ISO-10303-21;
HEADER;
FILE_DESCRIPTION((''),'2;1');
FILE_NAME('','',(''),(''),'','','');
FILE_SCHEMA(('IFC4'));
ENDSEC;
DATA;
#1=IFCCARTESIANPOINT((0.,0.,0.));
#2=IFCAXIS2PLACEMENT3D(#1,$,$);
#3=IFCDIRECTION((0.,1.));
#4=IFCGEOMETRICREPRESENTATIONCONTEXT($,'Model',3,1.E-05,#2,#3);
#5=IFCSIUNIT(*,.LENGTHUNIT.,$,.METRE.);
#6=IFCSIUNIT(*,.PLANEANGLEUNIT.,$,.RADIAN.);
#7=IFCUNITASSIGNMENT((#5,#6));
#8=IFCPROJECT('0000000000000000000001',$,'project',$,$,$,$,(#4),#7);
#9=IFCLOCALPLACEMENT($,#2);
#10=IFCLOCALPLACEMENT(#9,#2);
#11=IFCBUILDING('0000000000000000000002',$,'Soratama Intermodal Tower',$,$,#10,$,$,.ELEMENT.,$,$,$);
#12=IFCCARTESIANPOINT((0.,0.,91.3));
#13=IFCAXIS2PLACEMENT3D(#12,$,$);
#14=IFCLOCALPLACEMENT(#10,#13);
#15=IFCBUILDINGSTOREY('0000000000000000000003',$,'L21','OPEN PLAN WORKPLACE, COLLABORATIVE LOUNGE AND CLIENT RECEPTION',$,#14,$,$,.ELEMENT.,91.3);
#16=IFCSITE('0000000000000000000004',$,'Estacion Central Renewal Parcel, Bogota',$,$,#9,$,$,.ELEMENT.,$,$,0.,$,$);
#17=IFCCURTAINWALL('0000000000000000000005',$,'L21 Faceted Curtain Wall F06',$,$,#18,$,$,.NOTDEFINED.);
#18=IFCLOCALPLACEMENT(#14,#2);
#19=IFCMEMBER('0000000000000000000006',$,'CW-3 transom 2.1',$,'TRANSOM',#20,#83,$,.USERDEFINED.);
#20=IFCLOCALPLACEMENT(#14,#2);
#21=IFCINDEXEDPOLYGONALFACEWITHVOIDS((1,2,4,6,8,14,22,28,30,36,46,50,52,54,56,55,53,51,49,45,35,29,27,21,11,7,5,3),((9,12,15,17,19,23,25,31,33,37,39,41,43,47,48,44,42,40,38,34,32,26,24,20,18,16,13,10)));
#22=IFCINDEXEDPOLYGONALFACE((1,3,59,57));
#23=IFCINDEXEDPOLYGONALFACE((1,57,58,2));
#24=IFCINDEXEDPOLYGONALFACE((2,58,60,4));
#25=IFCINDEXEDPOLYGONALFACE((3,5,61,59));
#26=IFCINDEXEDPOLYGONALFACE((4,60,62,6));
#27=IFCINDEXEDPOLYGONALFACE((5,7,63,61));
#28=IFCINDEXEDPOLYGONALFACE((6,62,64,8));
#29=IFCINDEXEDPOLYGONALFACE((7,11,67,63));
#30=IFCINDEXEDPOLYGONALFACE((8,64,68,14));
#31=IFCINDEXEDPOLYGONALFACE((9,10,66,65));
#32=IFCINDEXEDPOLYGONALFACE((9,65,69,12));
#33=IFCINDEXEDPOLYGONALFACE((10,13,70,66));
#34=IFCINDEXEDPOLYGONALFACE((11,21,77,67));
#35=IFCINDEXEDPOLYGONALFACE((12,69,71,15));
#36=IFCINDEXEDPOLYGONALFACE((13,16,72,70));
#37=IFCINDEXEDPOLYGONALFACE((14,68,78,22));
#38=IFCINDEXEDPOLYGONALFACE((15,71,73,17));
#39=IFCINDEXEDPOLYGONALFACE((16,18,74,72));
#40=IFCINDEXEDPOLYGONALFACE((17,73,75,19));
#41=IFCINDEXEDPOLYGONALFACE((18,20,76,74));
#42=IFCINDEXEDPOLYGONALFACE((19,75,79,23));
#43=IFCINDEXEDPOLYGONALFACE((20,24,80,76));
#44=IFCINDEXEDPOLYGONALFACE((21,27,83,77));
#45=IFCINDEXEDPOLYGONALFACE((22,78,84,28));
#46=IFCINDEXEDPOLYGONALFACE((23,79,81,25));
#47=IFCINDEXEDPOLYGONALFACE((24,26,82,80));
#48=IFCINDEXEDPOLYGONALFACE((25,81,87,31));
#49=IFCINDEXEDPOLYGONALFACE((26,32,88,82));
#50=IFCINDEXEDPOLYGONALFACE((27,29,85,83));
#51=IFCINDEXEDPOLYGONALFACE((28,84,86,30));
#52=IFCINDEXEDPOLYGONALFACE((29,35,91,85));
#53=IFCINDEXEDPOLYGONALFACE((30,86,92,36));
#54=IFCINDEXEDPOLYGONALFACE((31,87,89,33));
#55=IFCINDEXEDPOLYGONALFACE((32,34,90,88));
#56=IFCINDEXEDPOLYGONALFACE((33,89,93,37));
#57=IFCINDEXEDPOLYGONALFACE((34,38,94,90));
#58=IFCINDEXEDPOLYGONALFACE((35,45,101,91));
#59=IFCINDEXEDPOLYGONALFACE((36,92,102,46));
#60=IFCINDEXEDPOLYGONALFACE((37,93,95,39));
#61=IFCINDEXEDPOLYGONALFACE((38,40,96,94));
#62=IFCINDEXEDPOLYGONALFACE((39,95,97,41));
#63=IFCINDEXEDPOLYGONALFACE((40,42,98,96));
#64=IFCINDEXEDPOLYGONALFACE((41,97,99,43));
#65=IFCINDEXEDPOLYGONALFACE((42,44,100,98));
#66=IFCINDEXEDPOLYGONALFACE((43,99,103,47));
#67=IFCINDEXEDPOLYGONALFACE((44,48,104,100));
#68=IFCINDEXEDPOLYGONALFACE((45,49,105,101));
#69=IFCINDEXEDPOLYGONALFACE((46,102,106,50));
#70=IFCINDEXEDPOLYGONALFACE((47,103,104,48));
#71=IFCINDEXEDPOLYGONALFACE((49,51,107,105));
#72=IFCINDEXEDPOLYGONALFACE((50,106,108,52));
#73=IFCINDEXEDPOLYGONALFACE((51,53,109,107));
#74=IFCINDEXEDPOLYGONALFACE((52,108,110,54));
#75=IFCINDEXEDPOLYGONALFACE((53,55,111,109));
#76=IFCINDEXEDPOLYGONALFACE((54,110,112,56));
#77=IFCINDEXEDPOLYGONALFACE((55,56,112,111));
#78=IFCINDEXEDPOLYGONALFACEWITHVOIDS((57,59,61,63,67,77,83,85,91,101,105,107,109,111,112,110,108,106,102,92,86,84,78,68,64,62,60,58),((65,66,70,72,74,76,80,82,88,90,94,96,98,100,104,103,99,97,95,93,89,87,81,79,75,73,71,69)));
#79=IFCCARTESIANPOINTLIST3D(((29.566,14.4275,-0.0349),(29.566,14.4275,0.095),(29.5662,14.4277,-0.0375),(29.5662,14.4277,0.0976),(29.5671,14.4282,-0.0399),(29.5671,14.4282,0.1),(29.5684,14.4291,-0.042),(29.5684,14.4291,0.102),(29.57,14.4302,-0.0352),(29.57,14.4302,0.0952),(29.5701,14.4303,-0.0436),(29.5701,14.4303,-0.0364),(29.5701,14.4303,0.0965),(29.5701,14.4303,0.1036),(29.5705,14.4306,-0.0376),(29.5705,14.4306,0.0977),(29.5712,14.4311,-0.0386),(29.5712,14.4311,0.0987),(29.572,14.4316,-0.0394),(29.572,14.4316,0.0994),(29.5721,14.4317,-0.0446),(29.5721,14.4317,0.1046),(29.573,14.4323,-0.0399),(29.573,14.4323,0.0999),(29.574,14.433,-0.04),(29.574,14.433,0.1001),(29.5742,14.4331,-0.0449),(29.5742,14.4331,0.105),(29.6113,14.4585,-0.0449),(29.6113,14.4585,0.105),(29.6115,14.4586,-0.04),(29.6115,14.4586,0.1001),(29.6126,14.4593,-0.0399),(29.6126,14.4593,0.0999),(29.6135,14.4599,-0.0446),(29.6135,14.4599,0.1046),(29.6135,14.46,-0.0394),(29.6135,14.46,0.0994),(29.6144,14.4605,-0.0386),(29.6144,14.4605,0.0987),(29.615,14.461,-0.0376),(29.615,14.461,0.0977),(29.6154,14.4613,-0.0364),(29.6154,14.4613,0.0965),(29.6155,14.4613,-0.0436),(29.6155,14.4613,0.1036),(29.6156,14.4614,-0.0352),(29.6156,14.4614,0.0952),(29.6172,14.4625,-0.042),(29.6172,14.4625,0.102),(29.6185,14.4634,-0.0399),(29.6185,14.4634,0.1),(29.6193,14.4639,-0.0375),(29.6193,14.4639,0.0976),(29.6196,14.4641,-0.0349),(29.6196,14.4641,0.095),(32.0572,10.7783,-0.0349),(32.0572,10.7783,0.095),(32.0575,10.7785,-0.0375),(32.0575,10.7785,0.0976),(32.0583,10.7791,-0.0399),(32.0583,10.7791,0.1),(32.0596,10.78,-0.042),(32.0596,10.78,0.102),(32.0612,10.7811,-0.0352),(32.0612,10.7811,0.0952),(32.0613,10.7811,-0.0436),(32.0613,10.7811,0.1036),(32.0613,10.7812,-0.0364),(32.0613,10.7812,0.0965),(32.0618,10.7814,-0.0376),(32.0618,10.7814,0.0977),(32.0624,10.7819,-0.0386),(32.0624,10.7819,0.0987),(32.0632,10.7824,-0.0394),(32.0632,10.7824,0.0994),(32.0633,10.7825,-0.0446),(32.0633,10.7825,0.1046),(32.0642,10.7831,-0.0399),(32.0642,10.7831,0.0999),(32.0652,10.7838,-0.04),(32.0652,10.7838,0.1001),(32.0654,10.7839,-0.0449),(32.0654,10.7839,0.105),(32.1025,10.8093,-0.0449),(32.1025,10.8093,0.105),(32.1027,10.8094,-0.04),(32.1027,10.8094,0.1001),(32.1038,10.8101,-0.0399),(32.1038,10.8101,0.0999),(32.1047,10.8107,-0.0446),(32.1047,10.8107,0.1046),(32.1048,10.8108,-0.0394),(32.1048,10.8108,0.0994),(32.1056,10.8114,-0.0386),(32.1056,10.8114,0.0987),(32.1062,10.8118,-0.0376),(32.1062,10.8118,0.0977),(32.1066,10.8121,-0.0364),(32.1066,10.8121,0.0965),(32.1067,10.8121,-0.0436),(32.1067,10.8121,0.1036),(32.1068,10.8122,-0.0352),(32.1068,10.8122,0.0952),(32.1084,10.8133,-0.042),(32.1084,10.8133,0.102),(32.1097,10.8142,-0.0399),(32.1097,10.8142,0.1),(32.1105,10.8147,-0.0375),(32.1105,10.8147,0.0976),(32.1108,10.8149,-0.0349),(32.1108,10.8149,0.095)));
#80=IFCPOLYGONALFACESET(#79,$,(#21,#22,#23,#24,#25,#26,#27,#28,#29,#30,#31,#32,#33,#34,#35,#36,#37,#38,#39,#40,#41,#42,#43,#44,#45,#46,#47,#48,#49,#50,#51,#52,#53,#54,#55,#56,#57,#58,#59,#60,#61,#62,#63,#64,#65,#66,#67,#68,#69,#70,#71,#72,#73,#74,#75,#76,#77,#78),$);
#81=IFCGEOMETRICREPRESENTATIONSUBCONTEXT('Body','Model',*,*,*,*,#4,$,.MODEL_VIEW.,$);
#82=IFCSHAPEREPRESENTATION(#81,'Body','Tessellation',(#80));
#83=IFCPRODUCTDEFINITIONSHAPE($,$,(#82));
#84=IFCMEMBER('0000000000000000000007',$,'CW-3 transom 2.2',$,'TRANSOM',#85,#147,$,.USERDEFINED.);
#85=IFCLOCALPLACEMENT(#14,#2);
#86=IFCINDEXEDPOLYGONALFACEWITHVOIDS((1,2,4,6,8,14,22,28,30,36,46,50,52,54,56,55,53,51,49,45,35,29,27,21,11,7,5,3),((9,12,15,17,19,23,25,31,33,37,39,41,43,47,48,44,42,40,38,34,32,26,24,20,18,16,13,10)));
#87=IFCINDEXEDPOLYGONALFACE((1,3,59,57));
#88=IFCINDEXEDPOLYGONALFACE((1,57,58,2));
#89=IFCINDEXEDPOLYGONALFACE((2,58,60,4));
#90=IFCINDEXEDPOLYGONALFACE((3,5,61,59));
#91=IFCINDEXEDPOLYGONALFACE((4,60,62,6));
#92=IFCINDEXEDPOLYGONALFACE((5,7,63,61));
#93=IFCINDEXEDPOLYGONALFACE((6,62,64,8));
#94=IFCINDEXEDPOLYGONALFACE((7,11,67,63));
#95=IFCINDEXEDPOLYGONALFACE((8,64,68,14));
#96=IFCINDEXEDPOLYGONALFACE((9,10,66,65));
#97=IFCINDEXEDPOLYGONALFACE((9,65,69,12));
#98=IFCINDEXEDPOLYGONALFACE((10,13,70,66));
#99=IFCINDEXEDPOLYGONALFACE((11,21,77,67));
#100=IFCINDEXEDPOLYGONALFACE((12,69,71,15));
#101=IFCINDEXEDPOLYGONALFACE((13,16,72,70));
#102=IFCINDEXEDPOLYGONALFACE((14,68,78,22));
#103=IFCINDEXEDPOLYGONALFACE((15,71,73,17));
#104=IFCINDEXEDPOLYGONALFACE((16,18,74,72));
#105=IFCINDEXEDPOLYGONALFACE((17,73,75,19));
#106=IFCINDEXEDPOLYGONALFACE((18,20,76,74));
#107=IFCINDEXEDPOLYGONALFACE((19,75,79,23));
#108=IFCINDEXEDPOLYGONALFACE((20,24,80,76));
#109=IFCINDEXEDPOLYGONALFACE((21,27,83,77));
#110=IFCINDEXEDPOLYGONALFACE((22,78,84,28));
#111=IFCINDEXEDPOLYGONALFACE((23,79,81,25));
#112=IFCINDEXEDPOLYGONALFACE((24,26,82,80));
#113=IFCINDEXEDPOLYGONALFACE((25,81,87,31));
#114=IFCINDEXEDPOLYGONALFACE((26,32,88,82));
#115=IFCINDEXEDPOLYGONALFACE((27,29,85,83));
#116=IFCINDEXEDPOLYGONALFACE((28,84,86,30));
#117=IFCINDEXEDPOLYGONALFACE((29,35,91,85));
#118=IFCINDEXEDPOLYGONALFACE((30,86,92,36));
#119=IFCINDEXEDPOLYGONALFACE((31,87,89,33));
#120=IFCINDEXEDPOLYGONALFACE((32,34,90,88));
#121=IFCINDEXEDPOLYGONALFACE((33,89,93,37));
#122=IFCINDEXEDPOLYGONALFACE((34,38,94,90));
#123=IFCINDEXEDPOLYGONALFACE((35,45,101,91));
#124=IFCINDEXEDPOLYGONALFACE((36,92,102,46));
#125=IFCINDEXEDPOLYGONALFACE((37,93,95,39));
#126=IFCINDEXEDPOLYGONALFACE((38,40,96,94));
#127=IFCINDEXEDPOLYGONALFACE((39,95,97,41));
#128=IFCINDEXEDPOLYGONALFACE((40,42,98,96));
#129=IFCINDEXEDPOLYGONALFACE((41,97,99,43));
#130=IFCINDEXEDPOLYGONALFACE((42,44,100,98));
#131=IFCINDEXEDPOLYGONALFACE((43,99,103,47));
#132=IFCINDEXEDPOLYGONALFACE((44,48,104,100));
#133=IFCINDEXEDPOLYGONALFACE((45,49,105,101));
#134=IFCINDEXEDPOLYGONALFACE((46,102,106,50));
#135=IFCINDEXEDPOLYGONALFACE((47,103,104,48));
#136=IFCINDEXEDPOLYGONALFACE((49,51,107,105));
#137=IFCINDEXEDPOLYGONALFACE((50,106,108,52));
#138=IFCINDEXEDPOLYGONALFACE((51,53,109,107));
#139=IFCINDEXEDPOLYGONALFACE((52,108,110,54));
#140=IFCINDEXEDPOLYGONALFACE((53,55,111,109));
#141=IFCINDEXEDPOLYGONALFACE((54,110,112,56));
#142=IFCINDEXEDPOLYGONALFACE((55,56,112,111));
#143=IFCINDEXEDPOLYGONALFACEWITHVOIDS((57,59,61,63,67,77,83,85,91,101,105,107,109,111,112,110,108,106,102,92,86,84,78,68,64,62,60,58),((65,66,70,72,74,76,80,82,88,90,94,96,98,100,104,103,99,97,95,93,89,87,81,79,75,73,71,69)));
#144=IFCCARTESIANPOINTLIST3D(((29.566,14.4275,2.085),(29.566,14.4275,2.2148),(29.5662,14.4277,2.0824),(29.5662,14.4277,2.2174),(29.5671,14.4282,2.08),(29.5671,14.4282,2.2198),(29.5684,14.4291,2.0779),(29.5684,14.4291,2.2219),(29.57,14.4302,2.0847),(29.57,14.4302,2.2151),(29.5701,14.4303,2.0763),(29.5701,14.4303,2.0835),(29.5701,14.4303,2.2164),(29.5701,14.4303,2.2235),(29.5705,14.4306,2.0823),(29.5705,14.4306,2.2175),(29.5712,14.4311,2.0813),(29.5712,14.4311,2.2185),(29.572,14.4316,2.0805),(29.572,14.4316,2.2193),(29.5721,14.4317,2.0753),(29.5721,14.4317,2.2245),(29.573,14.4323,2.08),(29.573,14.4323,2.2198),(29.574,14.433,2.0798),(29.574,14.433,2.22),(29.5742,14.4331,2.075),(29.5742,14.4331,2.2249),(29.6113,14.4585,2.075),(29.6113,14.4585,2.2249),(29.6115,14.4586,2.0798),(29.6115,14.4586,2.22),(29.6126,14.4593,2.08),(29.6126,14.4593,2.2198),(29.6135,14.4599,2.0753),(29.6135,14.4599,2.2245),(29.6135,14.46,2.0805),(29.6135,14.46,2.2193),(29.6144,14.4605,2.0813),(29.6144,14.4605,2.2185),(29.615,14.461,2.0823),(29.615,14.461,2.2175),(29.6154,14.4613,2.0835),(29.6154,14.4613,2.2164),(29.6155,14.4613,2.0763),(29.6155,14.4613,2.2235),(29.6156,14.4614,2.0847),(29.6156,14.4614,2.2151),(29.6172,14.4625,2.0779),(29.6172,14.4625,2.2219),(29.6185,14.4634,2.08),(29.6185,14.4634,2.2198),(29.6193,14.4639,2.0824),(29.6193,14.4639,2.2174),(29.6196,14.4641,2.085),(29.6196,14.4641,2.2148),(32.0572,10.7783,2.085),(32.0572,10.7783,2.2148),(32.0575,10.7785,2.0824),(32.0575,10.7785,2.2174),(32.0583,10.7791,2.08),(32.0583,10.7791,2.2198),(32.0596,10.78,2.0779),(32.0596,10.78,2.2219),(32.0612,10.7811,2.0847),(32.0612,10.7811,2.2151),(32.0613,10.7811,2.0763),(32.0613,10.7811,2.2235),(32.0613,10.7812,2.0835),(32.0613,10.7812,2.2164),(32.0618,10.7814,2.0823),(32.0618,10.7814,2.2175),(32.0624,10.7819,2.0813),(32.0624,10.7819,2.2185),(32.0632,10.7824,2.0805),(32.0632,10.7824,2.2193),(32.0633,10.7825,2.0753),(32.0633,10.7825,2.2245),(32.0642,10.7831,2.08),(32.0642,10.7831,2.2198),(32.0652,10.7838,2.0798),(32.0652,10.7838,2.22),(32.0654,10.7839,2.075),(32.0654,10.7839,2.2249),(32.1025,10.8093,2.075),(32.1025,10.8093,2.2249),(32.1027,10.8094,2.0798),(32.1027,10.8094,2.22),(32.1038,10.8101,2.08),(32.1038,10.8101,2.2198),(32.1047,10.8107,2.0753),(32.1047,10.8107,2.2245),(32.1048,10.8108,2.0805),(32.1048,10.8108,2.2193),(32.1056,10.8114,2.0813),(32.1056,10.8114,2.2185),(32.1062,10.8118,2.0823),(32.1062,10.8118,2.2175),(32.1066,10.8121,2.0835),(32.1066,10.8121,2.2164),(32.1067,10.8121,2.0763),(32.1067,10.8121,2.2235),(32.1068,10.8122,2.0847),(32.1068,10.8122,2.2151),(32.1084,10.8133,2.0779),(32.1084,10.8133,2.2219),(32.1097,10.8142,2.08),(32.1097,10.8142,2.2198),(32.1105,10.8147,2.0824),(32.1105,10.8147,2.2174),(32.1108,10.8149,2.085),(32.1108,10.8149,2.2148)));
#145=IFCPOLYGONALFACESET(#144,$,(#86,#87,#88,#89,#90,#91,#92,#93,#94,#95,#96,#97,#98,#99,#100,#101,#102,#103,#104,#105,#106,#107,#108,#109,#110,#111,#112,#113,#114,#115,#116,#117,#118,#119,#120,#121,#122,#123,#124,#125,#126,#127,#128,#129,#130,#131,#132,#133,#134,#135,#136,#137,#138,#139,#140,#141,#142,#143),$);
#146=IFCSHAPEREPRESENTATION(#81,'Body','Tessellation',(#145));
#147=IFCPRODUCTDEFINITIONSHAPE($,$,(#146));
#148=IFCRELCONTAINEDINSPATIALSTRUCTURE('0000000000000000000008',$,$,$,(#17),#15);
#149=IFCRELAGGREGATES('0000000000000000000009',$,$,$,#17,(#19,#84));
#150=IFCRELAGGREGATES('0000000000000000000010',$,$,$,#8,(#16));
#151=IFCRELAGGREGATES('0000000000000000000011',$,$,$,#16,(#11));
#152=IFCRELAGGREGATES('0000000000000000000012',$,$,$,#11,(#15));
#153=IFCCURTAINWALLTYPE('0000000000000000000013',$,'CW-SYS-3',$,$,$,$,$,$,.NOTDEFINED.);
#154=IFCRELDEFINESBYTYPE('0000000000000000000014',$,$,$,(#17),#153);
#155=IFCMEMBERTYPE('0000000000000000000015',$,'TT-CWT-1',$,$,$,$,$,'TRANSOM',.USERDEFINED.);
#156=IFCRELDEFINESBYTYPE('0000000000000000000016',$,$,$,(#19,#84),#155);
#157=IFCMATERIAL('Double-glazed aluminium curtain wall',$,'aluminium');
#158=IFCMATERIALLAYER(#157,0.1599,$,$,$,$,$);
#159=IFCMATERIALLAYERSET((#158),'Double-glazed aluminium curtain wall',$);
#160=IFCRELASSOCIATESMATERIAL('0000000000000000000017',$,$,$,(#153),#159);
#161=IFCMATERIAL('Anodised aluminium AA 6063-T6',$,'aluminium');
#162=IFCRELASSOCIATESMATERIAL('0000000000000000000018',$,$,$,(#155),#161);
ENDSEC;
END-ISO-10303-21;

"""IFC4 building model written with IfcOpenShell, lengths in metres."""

from ifc_helpers import new_model, si_unit, direction, frame, origin, origin_2d, place, context, subcontext, project, spatial, hollow_rectangle, extrude, material, layer, layer_set, material_profile, profile_set, type_object, element, aggregate, save


model = new_model("IFC4")

# Units and contexts
model_context = context("Model", 3, precision=1e-05, world=origin(), true_north=direction((0.0, 1.0)))
body_context = subcontext(model_context, "Body", "Model", "MODEL_VIEW")
ifc_project = project(units=[si_unit("LENGTHUNIT", "METRE"), si_unit("PLANEANGLEUNIT", "RADIAN")], contexts=[model_context])

# Site, building, storey
site_placement = place(None, origin())
site = spatial("IfcSite", under=ifc_project, at=site_placement, Name="Estacion Central Renewal Parcel, Bogota", CompositionType="ELEMENT", RefElevation=0.0)
building_placement = place(site_placement, origin())
building = spatial("IfcBuilding", under=site, at=building_placement, Name="Soratama Intermodal Tower", CompositionType="ELEMENT")
storey_placement = place(building_placement, frame((0.0, 0.0, 91.3)))
storey = spatial("IfcBuildingStorey", under=building, at=storey_placement, Name="L21", Description="OPEN PLAN WORKPLACE, COLLABORATIVE LOUNGE AND CLIENT RECEPTION", CompositionType="ELEMENT", Elevation=91.3)

# Curtain wall, members
ifc_material_1 = material(Name="Double-glazed aluminium curtain wall", Category="aluminium")
ifc_layer_1 = layer(ifc_material_1, 0.1599)
ifc_layer_set_1 = layer_set([ifc_layer_1], Name="Double-glazed aluminium curtain wall")
curtain_wall_type = type_object("IfcCurtainWallType", Name="CW-SYS-3", PredefinedType="NOTDEFINED", material=ifc_layer_set_1)
curtain_wall_placement = place(storey_placement, origin())
curtain_wall = element("IfcCurtainWall", 1, at=curtain_wall_placement, inside=storey, type_object=curtain_wall_type, Name="L21 Faceted Curtain Wall F06", PredefinedType="NOTDEFINED")
ifc_material_2 = material(Name="Anodised aluminium AA 6063-T6", Category="aluminium")
ifc_material_profile_1 = material_profile(ifc_material_2, hollow_rectangle(XDim=0.0649, YDim=0.1499, WallThickness=0.0049, InnerFilletRadius=0.0049, OuterFilletRadius=0.01, at=origin_2d()), Name="CWT150X65X5")
ifc_profile_set_1 = profile_set([ifc_material_profile_1], Name="Anodised aluminium AA 6063-T6")
member_type_1 = type_object("IfcMemberType", Name="TT-CWT-1", ElementType="TRANSOM", PredefinedType="USERDEFINED", material=ifc_profile_set_1)
member_1_placement = place(storey_placement, frame((29.5928, 14.4458, 0.03), z_axis=(0.563822, -0.825896, 0.0), x_axis=(0.825896, 0.563822, 0.0)))
member_1 = element("IfcMember", 2, at=member_1_placement, type_object=member_type_1, Name="CW-3 transom 2.1", ObjectType="TRANSOM", PredefinedType="USERDEFINED", context=body_context, shape_type="SweptSolid", body=[
    extrude(hollow_rectangle(XDim=0.0649, YDim=0.1499, WallThickness=0.0049, InnerFilletRadius=0.0049, OuterFilletRadius=0.01, at=origin_2d()), origin(), (0.0, 0.0, 1.0), 4.4185),
])
member_2_placement = place(storey_placement, frame((29.5928, 14.4458, 2.1499), z_axis=(0.563822, -0.825896, 0.0), x_axis=(0.825896, 0.563822, 0.0)))
member_2 = element("IfcMember", 3, at=member_2_placement, type_object=member_type_1, Name="CW-3 transom 2.2", ObjectType="TRANSOM", PredefinedType="USERDEFINED", context=body_context, shape_type="SweptSolid", body=[
    extrude(hollow_rectangle(XDim=0.0649, YDim=0.1499, WallThickness=0.0049, InnerFilletRadius=0.0049, OuterFilletRadius=0.01, at=origin_2d()), origin(), (0.0, 0.0, 1.0), 4.4185),
])
aggregate(curtain_wall, [member_1, member_2])

save(model, "model.ifc")
